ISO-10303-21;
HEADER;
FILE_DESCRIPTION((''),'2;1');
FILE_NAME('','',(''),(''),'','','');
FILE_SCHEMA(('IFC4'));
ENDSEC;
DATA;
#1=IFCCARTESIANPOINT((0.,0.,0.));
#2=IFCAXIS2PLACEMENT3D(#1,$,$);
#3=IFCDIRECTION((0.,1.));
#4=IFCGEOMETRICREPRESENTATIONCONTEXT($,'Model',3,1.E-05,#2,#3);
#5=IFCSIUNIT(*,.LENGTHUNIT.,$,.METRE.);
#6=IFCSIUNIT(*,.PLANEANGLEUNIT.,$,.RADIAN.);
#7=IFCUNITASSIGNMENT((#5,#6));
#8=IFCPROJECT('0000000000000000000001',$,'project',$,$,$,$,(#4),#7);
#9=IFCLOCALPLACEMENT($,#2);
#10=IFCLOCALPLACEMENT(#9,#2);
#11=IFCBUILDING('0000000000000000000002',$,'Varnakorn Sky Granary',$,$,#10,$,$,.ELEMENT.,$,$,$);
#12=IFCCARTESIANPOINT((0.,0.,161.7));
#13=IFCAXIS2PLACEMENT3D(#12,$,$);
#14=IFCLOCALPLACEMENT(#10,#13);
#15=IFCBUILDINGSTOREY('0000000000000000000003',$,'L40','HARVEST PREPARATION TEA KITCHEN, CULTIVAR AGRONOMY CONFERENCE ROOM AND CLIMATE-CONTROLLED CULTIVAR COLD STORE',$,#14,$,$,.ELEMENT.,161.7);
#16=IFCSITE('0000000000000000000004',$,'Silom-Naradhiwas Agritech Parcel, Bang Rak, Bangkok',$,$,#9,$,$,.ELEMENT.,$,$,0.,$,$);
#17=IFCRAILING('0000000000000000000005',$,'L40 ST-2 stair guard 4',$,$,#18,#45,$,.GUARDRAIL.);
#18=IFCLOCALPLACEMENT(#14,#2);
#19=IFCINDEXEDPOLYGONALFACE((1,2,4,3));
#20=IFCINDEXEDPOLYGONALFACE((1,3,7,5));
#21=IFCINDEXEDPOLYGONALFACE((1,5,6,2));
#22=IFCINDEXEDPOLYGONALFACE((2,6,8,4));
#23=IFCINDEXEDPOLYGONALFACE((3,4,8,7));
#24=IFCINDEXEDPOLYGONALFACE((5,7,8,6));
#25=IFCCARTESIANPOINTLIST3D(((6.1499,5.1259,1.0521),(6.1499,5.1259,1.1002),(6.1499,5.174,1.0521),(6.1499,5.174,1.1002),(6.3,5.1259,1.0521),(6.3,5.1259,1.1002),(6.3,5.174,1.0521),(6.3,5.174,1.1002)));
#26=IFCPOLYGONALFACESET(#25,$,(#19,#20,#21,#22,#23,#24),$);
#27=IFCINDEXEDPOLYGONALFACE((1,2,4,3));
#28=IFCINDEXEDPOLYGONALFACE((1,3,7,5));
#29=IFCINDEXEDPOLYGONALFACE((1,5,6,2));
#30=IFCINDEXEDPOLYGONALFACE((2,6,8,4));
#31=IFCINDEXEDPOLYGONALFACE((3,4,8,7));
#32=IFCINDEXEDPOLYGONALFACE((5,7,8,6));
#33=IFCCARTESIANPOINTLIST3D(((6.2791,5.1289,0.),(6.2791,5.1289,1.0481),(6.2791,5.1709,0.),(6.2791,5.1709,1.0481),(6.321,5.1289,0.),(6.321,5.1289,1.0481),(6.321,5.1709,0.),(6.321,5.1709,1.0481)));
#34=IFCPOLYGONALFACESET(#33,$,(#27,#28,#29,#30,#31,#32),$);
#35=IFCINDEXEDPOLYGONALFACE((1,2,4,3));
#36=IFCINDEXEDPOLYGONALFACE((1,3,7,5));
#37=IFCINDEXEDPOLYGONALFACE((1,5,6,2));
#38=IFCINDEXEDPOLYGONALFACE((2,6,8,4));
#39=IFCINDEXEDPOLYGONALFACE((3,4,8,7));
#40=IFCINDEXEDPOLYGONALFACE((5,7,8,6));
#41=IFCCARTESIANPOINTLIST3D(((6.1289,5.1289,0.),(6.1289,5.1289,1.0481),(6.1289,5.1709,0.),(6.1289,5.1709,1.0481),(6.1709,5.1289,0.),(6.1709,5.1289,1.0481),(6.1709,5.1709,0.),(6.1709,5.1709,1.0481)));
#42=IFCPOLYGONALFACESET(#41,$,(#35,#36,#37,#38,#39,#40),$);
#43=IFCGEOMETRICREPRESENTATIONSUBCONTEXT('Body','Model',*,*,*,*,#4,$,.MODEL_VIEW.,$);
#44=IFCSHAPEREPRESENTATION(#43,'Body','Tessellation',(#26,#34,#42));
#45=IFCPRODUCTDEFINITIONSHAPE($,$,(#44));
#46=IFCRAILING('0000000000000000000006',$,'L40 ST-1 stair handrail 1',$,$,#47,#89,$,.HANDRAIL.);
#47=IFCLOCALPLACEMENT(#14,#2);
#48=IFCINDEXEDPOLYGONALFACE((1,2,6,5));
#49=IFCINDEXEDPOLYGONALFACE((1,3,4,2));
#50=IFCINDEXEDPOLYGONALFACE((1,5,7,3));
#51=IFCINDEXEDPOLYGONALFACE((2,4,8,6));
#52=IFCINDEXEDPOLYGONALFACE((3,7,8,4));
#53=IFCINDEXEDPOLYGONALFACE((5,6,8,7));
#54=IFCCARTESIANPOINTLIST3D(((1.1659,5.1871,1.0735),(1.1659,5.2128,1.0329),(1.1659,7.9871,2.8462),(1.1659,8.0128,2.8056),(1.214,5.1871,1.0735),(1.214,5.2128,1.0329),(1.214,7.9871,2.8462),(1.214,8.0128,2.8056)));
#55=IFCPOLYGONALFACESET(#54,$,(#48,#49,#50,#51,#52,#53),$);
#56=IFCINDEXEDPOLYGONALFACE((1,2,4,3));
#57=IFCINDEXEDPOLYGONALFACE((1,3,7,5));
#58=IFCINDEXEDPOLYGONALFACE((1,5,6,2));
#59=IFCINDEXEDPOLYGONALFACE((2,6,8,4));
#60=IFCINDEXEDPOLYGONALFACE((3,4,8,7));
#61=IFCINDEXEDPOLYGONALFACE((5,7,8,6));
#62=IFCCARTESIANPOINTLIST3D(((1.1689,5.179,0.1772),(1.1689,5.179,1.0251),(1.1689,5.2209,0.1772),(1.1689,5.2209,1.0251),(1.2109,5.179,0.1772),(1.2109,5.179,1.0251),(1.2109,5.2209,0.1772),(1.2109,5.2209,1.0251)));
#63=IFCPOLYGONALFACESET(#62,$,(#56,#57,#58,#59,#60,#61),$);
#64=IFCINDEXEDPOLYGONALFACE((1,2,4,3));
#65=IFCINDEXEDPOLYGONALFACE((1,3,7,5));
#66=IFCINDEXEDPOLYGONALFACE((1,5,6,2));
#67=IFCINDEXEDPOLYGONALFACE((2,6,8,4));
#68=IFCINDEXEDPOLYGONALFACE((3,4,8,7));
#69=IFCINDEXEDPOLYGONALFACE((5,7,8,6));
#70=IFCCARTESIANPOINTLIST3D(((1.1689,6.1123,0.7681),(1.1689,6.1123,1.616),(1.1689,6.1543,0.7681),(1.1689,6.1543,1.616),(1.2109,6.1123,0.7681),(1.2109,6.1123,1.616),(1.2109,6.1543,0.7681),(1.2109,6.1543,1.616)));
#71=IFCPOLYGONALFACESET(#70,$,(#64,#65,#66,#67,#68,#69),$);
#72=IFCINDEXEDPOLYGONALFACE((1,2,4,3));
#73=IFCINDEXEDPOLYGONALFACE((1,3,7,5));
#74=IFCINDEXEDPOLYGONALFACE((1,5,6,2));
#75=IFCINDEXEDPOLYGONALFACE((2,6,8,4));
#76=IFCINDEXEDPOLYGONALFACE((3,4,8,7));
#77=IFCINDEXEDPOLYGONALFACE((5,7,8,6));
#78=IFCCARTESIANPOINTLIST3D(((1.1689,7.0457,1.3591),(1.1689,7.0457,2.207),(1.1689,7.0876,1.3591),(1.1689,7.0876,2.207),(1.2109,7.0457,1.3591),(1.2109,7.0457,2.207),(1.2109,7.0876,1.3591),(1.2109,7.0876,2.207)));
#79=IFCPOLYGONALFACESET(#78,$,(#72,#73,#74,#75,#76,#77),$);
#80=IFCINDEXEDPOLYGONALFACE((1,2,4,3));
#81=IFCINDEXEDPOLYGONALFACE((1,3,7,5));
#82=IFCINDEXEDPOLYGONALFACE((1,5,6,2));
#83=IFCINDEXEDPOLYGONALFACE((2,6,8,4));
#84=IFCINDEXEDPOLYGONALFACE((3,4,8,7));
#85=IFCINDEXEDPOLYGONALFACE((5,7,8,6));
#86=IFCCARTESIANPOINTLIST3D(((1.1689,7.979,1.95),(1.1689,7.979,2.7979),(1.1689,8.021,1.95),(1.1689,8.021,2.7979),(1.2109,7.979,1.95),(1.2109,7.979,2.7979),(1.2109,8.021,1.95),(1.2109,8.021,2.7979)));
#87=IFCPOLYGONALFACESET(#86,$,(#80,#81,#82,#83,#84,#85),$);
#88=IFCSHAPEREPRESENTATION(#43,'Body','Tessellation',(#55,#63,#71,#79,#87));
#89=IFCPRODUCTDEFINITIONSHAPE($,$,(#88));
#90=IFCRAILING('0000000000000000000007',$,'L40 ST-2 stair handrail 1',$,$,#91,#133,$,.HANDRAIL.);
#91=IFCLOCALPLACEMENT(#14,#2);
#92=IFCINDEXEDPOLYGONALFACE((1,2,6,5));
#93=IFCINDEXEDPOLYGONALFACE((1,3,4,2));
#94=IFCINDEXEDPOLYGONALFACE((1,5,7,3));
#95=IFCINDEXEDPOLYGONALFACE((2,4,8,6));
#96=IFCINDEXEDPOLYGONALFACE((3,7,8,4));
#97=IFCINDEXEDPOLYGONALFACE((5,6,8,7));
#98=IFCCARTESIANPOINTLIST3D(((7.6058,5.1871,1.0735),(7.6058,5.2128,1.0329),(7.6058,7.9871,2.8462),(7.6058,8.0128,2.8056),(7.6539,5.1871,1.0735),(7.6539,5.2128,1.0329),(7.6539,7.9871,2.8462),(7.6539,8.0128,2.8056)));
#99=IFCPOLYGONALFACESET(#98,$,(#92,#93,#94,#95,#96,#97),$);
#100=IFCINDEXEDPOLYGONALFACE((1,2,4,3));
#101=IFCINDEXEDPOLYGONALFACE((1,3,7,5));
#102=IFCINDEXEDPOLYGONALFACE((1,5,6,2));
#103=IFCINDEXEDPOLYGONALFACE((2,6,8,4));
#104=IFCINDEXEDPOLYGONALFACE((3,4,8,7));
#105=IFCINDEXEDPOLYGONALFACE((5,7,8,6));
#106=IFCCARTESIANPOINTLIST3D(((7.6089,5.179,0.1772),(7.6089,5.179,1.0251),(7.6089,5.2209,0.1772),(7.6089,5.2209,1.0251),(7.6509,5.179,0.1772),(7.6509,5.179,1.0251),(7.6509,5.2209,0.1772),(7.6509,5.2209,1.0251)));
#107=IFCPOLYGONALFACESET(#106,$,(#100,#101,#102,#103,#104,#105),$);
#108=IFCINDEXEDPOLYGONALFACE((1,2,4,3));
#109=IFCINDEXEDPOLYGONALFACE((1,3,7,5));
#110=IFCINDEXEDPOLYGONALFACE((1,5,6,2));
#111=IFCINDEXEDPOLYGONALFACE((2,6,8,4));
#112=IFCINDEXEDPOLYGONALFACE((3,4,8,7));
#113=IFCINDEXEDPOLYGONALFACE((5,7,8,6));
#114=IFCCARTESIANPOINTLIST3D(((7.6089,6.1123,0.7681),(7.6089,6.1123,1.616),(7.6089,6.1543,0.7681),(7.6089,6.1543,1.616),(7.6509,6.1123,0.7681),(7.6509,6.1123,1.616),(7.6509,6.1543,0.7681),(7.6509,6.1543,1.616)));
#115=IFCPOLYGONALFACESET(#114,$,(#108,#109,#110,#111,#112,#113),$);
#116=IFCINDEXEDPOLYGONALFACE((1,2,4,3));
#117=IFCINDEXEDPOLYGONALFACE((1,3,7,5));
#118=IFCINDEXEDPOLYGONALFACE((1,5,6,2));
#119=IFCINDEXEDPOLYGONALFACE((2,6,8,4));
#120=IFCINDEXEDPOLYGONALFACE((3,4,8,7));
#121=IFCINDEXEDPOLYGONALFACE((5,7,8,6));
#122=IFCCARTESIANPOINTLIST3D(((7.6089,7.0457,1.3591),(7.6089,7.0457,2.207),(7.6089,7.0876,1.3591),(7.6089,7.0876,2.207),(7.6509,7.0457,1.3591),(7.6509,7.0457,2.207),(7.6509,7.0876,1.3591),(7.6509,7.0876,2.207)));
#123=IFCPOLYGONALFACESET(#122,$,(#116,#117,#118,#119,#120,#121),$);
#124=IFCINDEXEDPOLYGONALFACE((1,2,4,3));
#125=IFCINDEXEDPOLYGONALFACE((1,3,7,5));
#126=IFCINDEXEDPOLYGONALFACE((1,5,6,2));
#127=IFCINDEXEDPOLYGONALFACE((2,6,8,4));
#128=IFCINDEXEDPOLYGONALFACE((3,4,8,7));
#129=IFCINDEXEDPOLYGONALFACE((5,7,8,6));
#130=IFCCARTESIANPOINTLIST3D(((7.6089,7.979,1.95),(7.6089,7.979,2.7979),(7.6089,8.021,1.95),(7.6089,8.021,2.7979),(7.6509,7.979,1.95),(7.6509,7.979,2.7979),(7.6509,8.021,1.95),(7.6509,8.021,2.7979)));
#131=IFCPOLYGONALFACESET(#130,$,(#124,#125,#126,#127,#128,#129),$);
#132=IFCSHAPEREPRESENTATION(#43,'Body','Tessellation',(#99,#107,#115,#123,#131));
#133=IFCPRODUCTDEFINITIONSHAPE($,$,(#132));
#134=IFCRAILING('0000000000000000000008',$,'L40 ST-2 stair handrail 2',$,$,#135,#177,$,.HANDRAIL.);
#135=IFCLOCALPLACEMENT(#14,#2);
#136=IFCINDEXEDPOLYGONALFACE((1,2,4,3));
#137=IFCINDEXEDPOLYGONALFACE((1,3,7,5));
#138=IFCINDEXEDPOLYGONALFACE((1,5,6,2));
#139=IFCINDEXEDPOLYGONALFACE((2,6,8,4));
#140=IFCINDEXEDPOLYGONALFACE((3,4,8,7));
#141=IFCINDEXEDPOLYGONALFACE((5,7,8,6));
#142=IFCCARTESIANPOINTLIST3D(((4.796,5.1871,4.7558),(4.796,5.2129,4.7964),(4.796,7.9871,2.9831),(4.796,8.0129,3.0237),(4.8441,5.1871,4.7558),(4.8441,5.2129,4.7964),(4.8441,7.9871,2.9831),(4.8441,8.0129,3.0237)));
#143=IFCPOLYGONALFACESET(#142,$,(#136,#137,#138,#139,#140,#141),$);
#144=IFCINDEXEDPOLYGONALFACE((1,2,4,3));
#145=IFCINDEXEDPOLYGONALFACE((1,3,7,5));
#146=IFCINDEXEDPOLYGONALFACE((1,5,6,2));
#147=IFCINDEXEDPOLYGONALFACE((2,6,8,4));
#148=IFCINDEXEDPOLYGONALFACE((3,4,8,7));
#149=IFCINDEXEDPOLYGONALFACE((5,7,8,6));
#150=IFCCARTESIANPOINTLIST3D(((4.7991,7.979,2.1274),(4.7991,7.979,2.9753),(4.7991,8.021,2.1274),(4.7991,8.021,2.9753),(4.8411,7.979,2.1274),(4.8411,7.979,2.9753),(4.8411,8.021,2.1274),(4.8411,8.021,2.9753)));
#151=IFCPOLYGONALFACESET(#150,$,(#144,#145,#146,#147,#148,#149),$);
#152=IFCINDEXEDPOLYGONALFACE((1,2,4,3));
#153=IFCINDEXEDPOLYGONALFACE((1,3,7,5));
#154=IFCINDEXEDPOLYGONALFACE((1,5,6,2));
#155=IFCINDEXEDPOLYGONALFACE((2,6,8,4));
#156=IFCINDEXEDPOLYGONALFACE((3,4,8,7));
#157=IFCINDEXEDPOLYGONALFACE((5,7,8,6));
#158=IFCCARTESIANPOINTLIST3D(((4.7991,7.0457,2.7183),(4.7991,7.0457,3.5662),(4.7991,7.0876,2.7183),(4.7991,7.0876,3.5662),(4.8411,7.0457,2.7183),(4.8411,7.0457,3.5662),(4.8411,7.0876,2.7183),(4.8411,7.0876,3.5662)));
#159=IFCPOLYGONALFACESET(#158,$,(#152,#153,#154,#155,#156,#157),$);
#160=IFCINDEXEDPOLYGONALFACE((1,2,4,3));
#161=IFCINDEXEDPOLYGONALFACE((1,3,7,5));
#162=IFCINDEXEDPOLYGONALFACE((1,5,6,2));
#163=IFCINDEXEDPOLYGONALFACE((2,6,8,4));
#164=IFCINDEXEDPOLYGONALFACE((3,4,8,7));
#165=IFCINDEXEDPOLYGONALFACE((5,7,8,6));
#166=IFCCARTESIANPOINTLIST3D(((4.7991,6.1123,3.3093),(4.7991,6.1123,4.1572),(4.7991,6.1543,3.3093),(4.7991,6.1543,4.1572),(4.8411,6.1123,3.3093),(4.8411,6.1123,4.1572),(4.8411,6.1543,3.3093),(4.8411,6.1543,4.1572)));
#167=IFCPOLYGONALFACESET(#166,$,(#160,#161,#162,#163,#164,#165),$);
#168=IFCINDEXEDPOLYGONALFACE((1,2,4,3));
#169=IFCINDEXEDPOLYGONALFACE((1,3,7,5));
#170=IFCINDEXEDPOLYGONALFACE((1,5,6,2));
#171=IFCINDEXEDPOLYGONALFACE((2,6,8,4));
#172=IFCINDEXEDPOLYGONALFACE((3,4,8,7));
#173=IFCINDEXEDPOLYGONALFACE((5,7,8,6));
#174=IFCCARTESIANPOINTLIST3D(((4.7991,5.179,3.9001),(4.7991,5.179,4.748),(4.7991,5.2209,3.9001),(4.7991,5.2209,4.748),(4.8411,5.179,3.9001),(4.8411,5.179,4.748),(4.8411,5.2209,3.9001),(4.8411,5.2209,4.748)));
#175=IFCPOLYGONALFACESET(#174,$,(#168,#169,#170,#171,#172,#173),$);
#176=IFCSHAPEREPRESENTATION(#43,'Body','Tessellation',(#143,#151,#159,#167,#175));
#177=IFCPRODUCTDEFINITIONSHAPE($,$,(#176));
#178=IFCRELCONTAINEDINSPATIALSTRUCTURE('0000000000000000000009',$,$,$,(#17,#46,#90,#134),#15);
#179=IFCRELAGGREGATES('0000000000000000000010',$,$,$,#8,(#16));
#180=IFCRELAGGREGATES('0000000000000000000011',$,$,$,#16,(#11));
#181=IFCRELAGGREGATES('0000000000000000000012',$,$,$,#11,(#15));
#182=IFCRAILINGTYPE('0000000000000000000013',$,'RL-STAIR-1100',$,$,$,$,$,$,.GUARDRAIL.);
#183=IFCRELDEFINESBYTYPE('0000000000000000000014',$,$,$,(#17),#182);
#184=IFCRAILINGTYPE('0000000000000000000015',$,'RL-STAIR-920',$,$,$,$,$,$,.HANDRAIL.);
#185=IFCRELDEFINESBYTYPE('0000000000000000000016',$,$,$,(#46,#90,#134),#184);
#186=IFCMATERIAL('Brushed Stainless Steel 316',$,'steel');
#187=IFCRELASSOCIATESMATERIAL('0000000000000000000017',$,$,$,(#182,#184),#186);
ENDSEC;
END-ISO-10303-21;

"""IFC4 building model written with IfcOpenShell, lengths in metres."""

from ifc_helpers import new_model, si_unit, direction, frame, origin, origin_2d, place, context, subcontext, project, spatial, rectangle, extrude, material, type_object, element, save


model = new_model("IFC4")

# Units and contexts
model_context = context("Model", 3, precision=1e-05, world=origin(), true_north=direction((0.0, 1.0)))
body_context = subcontext(model_context, "Body", "Model", "MODEL_VIEW")
ifc_project = project(units=[si_unit("LENGTHUNIT", "METRE"), si_unit("PLANEANGLEUNIT", "RADIAN")], contexts=[model_context])

# Site, building, storey
site_placement = place(None, origin())
site = spatial("IfcSite", under=ifc_project, at=site_placement, Name="Silom-Naradhiwas Agritech Parcel, Bang Rak, Bangkok", CompositionType="ELEMENT", RefElevation=0.0)
building_placement = place(site_placement, origin())
building = spatial("IfcBuilding", under=site, at=building_placement, Name="Varnakorn Sky Granary", CompositionType="ELEMENT")
storey_placement = place(building_placement, frame((0.0, 0.0, 161.7)))
storey = spatial("IfcBuildingStorey", under=building, at=storey_placement, Name="L40", Description="HARVEST PREPARATION TEA KITCHEN, CULTIVAR AGRONOMY CONFERENCE ROOM AND CLIMATE-CONTROLLED CULTIVAR COLD STORE", CompositionType="ELEMENT", Elevation=161.7)

# Railings
ifc_material_1 = material(Name="Brushed Stainless Steel 316", Category="steel")
railing_type_1 = type_object("IfcRailingType", Name="RL-STAIR-1100", PredefinedType="GUARDRAIL", material=ifc_material_1)
railing_1_placement = place(storey_placement, frame((6.3, 5.1499, 0.0)))
element("IfcRailing", 1, at=railing_1_placement, inside=storey, type_object=railing_type_1, Name="L40 ST-2 stair guard 4", PredefinedType="GUARDRAIL", context=body_context, shape_type="SweptSolid", body=[
    extrude(rectangle(XDim=0.0481, YDim=0.0481, at=origin_2d()), frame((0.0, 0.0, 1.0762), z_axis=(-1.0, 0.0, 0.0), x_axis=(0.0, -1.0, 0.0)), (0.0, 0.0, 1.0), 0.1501),
    extrude(rectangle(XDim=0.042, YDim=0.042, at=origin_2d()), origin(), (0.0, 0.0, 1.0), 1.0481),
    extrude(rectangle(XDim=0.042, YDim=0.042, at=origin_2d()), frame((-0.1501, 0.0, 0.0)), (0.0, 0.0, 1.0), 1.0481),
])
railing_type_2 = type_object("IfcRailingType", Name="RL-STAIR-920", PredefinedType="HANDRAIL", material=ifc_material_1)
for number, where, name in (
    (2, (1.1899, 5.2, 0.1772), "L40 ST-1 stair handrail 1"),
    (3, (7.6299, 5.2, 0.1772), "L40 ST-2 stair handrail 1"),
):
    element("IfcRailing", number, at=place(storey_placement, frame(where)), inside=storey, type_object=railing_type_2, Name=name, PredefinedType="HANDRAIL", context=body_context, shape_type="SweptSolid", body=[
        extrude(rectangle(XDim=0.0481, YDim=0.0481, at=origin_2d()), frame((0.0, 0.0, 0.876), z_axis=(0.0, 0.844909, 0.53491), x_axis=(-1.0, 0.0, 0.0)), (0.0, 0.0, 1.0), 3.314),
        extrude(rectangle(XDim=0.042, YDim=0.042, at=origin_2d()), origin(), (0.0, 0.0, 1.0), 0.8479),
        extrude(rectangle(XDim=0.042, YDim=0.042, at=origin_2d()), frame((0.0, 0.9333, 0.5908)), (0.0, 0.0, 1.0), 0.8479),
        extrude(rectangle(XDim=0.042, YDim=0.042, at=origin_2d()), frame((0.0, 1.8667, 1.1819)), (0.0, 0.0, 1.0), 0.8479),
        extrude(rectangle(XDim=0.042, YDim=0.042, at=origin_2d()), frame((0.0, 2.8, 1.7727)), (0.0, 0.0, 1.0), 0.8479),
    ])
railing_2_placement = place(storey_placement, frame((4.8201, 8.0, 2.1274)))
element("IfcRailing", 4, at=railing_2_placement, inside=storey, type_object=railing_type_2, Name="L40 ST-2 stair handrail 2", PredefinedType="HANDRAIL", context=body_context, shape_type="SweptSolid", body=[
    extrude(rectangle(XDim=0.0481, YDim=0.0481, at=origin_2d()), frame((0.0, 0.0, 0.876), z_axis=(0.0, -0.844909, 0.53491), x_axis=(1.0, 0.0, 0.0)), (0.0, 0.0, 1.0), 3.314),
    extrude(rectangle(XDim=0.042, YDim=0.042, at=origin_2d()), origin(), (0.0, 0.0, 1.0), 0.8479),
    extrude(rectangle(XDim=0.042, YDim=0.042, at=origin_2d()), frame((0.0, -0.9333, 0.5908)), (0.0, 0.0, 1.0), 0.8479),
    extrude(rectangle(XDim=0.042, YDim=0.042, at=origin_2d()), frame((0.0, -1.8667, 1.1819)), (0.0, 0.0, 1.0), 0.8479),
    extrude(rectangle(XDim=0.042, YDim=0.042, at=origin_2d()), frame((0.0, -2.8, 1.7727)), (0.0, 0.0, 1.0), 0.8479),
])

save(model, "model.ifc")
